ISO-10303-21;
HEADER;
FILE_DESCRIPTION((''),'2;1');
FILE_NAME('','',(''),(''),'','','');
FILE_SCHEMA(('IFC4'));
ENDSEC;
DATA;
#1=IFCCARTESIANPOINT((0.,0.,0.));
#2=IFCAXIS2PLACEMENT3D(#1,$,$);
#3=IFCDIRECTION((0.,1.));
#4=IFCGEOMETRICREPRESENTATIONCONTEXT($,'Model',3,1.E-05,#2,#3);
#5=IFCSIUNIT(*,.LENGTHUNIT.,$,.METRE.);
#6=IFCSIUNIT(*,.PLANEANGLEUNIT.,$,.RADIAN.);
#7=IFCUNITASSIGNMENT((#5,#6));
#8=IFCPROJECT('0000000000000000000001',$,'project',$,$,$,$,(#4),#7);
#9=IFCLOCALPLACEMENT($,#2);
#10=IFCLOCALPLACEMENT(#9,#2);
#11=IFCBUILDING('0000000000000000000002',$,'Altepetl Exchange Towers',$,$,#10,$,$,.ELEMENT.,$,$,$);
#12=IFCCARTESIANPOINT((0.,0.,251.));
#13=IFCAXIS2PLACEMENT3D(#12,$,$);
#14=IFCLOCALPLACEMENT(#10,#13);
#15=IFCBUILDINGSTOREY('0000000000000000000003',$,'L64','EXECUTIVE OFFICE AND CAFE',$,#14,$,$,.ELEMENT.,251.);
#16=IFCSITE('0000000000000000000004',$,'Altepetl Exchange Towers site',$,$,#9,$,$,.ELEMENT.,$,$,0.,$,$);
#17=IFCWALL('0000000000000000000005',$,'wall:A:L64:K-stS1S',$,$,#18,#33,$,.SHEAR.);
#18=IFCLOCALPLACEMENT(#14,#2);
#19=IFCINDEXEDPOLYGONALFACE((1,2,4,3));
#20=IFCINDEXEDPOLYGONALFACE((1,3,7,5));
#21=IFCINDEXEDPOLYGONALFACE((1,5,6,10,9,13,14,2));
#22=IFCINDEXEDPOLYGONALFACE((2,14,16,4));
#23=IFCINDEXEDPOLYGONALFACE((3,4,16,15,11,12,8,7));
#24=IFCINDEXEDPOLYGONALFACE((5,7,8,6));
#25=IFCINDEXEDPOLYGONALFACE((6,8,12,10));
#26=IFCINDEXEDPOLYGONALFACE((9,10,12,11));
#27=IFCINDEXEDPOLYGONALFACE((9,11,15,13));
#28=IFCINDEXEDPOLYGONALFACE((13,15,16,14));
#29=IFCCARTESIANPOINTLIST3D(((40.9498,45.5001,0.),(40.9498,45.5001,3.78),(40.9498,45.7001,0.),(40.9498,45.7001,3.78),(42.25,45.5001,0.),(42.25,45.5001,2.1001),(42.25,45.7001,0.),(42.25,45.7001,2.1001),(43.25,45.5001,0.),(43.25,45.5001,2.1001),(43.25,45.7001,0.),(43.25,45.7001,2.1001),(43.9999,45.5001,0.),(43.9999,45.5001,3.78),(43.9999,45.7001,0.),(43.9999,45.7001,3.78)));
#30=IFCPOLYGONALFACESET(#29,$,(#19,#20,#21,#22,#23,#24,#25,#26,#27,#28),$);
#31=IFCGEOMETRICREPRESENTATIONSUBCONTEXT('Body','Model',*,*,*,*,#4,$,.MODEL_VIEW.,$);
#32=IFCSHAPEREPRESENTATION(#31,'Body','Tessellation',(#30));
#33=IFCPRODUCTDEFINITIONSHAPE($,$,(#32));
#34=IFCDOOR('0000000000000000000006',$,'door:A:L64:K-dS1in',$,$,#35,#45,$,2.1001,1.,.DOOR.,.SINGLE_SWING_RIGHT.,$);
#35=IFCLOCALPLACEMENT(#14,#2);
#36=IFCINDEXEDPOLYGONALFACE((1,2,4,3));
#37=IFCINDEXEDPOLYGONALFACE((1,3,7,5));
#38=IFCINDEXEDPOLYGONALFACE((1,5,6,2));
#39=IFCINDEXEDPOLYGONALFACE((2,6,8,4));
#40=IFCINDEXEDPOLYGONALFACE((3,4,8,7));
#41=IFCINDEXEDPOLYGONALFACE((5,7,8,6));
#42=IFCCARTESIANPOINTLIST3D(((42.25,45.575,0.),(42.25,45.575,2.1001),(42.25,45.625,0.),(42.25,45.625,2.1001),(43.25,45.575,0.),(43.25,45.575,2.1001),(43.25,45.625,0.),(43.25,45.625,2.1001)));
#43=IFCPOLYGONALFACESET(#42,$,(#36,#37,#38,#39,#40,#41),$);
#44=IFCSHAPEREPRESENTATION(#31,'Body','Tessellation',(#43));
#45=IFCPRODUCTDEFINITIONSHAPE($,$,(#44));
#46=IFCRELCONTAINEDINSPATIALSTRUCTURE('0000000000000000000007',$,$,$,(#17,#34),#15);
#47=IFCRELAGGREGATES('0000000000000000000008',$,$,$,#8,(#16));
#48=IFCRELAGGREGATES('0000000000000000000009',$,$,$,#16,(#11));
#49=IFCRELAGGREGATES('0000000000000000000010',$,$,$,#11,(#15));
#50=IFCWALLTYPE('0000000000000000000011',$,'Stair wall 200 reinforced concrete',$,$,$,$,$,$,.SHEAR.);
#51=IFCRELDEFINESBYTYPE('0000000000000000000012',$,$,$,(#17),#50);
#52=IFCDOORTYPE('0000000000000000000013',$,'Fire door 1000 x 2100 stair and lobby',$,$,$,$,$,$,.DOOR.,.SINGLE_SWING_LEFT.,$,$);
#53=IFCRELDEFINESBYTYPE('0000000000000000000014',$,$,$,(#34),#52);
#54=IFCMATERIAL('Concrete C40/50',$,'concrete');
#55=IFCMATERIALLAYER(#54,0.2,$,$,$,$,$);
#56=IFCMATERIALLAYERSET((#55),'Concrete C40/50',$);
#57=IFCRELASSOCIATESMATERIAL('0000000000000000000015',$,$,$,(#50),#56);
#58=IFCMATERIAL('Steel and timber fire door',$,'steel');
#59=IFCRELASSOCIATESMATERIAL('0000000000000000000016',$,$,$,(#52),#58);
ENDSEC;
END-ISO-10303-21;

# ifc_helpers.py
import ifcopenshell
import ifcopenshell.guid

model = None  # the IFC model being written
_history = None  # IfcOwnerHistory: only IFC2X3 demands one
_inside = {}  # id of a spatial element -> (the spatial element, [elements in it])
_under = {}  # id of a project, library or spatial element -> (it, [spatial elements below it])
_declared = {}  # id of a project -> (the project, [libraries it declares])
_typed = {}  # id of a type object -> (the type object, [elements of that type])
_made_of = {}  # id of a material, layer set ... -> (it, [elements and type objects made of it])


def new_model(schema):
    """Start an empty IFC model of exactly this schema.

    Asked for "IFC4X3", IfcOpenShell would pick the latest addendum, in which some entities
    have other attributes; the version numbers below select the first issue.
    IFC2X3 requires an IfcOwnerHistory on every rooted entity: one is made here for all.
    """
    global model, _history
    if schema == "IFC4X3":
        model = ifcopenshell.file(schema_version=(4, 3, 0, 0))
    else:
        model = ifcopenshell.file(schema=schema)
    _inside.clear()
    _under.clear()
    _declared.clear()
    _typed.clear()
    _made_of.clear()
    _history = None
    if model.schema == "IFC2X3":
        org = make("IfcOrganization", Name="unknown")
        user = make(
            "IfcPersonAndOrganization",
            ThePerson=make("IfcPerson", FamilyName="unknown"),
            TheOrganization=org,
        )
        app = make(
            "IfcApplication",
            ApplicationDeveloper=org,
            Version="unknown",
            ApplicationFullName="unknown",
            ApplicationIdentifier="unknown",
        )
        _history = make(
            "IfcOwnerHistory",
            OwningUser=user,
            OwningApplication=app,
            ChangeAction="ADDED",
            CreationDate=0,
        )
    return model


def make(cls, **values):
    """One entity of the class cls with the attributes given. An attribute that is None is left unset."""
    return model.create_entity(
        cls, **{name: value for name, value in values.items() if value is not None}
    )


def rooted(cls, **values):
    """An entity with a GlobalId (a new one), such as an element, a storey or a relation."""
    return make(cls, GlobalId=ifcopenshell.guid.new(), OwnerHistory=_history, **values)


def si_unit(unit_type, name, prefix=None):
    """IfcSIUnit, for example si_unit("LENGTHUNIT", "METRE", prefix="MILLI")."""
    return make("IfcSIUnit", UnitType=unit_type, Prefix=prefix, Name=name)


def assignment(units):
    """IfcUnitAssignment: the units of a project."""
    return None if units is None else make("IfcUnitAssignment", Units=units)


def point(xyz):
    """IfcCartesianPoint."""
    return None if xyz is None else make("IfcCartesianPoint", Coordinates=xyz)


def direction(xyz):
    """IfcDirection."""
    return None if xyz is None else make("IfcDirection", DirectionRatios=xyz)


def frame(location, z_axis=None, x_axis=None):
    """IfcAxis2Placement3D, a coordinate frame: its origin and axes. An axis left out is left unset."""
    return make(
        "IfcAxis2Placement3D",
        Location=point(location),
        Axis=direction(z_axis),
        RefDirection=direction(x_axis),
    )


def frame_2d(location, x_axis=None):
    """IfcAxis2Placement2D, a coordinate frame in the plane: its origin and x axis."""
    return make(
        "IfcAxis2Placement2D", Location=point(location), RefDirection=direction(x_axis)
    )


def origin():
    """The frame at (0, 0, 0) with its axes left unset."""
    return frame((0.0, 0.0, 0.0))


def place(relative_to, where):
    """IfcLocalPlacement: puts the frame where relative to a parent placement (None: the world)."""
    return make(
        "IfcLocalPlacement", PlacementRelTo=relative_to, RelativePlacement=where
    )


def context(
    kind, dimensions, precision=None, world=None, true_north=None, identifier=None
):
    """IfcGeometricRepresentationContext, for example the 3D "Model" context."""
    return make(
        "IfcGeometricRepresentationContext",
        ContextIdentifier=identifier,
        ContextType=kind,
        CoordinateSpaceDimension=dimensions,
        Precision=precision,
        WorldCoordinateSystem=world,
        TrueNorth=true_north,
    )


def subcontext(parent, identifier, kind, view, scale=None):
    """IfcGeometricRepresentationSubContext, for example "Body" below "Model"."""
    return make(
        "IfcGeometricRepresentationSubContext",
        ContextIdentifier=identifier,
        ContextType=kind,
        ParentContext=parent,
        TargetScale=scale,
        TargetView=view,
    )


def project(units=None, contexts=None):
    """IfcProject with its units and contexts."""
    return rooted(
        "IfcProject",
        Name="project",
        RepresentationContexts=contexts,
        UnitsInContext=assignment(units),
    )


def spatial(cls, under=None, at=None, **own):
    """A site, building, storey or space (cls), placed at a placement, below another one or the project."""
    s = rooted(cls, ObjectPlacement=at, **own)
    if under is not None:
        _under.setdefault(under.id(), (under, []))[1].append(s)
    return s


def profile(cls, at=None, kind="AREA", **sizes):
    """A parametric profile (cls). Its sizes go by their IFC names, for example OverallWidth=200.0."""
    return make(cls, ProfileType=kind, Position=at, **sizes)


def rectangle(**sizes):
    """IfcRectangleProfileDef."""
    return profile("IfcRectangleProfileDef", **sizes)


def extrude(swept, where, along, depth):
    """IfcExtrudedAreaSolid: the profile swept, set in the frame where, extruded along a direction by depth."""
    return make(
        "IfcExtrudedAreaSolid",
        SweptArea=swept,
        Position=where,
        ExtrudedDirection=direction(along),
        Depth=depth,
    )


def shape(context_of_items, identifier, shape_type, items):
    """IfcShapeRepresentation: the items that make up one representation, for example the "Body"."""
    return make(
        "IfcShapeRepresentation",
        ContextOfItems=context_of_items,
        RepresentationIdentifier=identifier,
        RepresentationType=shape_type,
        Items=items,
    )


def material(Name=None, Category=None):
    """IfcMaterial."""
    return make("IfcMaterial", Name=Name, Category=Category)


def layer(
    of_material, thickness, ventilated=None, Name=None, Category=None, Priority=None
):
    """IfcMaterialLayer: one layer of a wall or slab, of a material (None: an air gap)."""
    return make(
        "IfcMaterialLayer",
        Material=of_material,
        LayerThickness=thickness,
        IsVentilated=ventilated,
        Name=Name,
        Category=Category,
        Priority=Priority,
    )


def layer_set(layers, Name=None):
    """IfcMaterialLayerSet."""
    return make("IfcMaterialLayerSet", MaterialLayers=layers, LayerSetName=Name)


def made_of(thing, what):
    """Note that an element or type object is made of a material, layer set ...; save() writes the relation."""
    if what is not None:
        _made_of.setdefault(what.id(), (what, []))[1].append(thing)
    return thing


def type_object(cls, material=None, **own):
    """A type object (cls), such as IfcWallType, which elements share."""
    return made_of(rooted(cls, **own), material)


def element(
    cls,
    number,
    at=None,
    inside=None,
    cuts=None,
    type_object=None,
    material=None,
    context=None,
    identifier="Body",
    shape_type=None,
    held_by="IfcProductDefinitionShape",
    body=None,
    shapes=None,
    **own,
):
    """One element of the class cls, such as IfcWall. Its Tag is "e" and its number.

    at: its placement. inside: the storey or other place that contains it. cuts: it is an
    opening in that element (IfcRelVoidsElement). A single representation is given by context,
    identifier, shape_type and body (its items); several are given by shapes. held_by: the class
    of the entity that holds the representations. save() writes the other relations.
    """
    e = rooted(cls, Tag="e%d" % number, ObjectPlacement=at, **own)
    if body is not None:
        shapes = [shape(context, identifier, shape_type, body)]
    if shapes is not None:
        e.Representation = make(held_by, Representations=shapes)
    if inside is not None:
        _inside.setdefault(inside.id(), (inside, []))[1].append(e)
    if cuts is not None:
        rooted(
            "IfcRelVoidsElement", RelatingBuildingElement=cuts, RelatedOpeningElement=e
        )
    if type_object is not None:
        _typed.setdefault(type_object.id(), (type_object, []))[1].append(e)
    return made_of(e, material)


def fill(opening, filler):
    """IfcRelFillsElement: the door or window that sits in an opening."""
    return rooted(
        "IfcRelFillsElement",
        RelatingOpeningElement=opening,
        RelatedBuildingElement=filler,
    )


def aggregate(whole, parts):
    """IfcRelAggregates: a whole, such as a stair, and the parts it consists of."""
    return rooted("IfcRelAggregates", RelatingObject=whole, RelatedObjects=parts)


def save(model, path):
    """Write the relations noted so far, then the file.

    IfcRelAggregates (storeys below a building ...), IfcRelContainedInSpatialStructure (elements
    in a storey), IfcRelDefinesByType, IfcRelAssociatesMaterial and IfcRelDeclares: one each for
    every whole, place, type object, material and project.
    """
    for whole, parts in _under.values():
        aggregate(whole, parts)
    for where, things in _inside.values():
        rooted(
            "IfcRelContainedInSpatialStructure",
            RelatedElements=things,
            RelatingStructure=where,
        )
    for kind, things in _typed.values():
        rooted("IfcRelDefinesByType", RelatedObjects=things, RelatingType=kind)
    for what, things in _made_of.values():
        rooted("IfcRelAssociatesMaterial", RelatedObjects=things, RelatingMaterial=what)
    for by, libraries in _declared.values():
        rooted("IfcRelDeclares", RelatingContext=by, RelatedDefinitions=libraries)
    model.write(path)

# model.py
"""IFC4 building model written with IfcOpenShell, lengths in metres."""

from ifc_helpers import new_model, si_unit, direction, frame, frame_2d, origin, place, context, subcontext, project, spatial, rectangle, extrude, material, layer, layer_set, type_object, element, fill, save


model = new_model("IFC4")

# Units and contexts
model_context = context("Model", 3, precision=1e-05, world=origin(), true_north=direction((0.0, 1.0)))
body_context = subcontext(model_context, "Body", "Model", "MODEL_VIEW")
ifc_project = project(units=[si_unit("LENGTHUNIT", "METRE"), si_unit("PLANEANGLEUNIT", "RADIAN")], contexts=[model_context])

# Site, building, storey
site_placement = place(None, origin())
site = spatial("IfcSite", under=ifc_project, at=site_placement, Name="Altepetl Exchange Towers site", CompositionType="ELEMENT", RefElevation=0.0)
building_placement = place(site_placement, origin())
building = spatial("IfcBuilding", under=site, at=building_placement, Name="Altepetl Exchange Towers", CompositionType="ELEMENT")
storey_placement = place(building_placement, frame((0.0, 0.0, 251.0)))
storey = spatial("IfcBuildingStorey", under=building, at=storey_placement, Name="L64", Description="EXECUTIVE OFFICE AND CAFE", CompositionType="ELEMENT", Elevation=251.0)

# Shared definitions
ifc_material_1 = material(Name="Steel and timber fire door", Category="steel")

# Shared definitions
ifc_material_2 = material(Name="Concrete C40/50", Category="concrete")

# Shared definitions
ifc_layer_1 = layer(ifc_material_2, 0.2)
ifc_layer_set_1 = layer_set([ifc_layer_1], Name="Concrete C40/50")
wall_type_1 = type_object("IfcWallType", Name="Stair wall 200 reinforced concrete", PredefinedType="SHEAR", material=ifc_layer_set_1)

# Wall, opening, door
wall_1_placement = place(storey_placement, frame((40.95, 45.6001, 0.0)))
wall_1 = element("IfcWall", 1, at=wall_1_placement, inside=storey, type_object=wall_type_1, Name="wall:A:L64:K-stS1S", PredefinedType="SHEAR", context=body_context, shape_type="SweptSolid", body=[
    extrude(rectangle(XDim=3.05, YDim=0.2, at=frame_2d((1.5249, 0.0))), origin(), (0.0, 0.0, 1.0), 3.78),
])
opening_1_placement = place(wall_1_placement, frame((1.3, 0.0, 0.0)))
opening_1 = element("IfcOpeningElement", 2, at=opening_1_placement, cuts=wall_1, PredefinedType="OPENING", context=body_context, shape_type="SweptSolid", body=[
    extrude(rectangle(XDim=1.0, YDim=2.1001, at=frame_2d((0.5, 1.05))), frame((0.0, 0.1099, 0.0), z_axis=(0.0, -1.0, 0.0), x_axis=(1.0, 0.0, 0.0)), (0.0, 0.0, 1.0), 0.22),
])
door_type_1 = type_object("IfcDoorType", Name="Fire door 1000 x 2100 stair and lobby", OperationType="SINGLE_SWING_LEFT", PredefinedType="DOOR", material=ifc_material_1)
door_1_placement = place(opening_1_placement, origin())
door_1 = element("IfcDoor", 3, at=door_1_placement, inside=storey, type_object=door_type_1, Name="door:A:L64:K-dS1in", OperationType="SINGLE_SWING_RIGHT", OverallHeight=2.1001, OverallWidth=1.0, PredefinedType="DOOR", context=body_context, shape_type="SweptSolid", body=[
    extrude(rectangle(XDim=1.0, YDim=2.1001, at=frame_2d((0.5, 1.05))), frame((0.0, 0.0249, 0.0), z_axis=(0.0, -1.0, 0.0), x_axis=(1.0, 0.0, 0.0)), (0.0, 0.0, 1.0), 0.05),
])
fill(opening_1, door_1)

save(model, "model.ifc")
